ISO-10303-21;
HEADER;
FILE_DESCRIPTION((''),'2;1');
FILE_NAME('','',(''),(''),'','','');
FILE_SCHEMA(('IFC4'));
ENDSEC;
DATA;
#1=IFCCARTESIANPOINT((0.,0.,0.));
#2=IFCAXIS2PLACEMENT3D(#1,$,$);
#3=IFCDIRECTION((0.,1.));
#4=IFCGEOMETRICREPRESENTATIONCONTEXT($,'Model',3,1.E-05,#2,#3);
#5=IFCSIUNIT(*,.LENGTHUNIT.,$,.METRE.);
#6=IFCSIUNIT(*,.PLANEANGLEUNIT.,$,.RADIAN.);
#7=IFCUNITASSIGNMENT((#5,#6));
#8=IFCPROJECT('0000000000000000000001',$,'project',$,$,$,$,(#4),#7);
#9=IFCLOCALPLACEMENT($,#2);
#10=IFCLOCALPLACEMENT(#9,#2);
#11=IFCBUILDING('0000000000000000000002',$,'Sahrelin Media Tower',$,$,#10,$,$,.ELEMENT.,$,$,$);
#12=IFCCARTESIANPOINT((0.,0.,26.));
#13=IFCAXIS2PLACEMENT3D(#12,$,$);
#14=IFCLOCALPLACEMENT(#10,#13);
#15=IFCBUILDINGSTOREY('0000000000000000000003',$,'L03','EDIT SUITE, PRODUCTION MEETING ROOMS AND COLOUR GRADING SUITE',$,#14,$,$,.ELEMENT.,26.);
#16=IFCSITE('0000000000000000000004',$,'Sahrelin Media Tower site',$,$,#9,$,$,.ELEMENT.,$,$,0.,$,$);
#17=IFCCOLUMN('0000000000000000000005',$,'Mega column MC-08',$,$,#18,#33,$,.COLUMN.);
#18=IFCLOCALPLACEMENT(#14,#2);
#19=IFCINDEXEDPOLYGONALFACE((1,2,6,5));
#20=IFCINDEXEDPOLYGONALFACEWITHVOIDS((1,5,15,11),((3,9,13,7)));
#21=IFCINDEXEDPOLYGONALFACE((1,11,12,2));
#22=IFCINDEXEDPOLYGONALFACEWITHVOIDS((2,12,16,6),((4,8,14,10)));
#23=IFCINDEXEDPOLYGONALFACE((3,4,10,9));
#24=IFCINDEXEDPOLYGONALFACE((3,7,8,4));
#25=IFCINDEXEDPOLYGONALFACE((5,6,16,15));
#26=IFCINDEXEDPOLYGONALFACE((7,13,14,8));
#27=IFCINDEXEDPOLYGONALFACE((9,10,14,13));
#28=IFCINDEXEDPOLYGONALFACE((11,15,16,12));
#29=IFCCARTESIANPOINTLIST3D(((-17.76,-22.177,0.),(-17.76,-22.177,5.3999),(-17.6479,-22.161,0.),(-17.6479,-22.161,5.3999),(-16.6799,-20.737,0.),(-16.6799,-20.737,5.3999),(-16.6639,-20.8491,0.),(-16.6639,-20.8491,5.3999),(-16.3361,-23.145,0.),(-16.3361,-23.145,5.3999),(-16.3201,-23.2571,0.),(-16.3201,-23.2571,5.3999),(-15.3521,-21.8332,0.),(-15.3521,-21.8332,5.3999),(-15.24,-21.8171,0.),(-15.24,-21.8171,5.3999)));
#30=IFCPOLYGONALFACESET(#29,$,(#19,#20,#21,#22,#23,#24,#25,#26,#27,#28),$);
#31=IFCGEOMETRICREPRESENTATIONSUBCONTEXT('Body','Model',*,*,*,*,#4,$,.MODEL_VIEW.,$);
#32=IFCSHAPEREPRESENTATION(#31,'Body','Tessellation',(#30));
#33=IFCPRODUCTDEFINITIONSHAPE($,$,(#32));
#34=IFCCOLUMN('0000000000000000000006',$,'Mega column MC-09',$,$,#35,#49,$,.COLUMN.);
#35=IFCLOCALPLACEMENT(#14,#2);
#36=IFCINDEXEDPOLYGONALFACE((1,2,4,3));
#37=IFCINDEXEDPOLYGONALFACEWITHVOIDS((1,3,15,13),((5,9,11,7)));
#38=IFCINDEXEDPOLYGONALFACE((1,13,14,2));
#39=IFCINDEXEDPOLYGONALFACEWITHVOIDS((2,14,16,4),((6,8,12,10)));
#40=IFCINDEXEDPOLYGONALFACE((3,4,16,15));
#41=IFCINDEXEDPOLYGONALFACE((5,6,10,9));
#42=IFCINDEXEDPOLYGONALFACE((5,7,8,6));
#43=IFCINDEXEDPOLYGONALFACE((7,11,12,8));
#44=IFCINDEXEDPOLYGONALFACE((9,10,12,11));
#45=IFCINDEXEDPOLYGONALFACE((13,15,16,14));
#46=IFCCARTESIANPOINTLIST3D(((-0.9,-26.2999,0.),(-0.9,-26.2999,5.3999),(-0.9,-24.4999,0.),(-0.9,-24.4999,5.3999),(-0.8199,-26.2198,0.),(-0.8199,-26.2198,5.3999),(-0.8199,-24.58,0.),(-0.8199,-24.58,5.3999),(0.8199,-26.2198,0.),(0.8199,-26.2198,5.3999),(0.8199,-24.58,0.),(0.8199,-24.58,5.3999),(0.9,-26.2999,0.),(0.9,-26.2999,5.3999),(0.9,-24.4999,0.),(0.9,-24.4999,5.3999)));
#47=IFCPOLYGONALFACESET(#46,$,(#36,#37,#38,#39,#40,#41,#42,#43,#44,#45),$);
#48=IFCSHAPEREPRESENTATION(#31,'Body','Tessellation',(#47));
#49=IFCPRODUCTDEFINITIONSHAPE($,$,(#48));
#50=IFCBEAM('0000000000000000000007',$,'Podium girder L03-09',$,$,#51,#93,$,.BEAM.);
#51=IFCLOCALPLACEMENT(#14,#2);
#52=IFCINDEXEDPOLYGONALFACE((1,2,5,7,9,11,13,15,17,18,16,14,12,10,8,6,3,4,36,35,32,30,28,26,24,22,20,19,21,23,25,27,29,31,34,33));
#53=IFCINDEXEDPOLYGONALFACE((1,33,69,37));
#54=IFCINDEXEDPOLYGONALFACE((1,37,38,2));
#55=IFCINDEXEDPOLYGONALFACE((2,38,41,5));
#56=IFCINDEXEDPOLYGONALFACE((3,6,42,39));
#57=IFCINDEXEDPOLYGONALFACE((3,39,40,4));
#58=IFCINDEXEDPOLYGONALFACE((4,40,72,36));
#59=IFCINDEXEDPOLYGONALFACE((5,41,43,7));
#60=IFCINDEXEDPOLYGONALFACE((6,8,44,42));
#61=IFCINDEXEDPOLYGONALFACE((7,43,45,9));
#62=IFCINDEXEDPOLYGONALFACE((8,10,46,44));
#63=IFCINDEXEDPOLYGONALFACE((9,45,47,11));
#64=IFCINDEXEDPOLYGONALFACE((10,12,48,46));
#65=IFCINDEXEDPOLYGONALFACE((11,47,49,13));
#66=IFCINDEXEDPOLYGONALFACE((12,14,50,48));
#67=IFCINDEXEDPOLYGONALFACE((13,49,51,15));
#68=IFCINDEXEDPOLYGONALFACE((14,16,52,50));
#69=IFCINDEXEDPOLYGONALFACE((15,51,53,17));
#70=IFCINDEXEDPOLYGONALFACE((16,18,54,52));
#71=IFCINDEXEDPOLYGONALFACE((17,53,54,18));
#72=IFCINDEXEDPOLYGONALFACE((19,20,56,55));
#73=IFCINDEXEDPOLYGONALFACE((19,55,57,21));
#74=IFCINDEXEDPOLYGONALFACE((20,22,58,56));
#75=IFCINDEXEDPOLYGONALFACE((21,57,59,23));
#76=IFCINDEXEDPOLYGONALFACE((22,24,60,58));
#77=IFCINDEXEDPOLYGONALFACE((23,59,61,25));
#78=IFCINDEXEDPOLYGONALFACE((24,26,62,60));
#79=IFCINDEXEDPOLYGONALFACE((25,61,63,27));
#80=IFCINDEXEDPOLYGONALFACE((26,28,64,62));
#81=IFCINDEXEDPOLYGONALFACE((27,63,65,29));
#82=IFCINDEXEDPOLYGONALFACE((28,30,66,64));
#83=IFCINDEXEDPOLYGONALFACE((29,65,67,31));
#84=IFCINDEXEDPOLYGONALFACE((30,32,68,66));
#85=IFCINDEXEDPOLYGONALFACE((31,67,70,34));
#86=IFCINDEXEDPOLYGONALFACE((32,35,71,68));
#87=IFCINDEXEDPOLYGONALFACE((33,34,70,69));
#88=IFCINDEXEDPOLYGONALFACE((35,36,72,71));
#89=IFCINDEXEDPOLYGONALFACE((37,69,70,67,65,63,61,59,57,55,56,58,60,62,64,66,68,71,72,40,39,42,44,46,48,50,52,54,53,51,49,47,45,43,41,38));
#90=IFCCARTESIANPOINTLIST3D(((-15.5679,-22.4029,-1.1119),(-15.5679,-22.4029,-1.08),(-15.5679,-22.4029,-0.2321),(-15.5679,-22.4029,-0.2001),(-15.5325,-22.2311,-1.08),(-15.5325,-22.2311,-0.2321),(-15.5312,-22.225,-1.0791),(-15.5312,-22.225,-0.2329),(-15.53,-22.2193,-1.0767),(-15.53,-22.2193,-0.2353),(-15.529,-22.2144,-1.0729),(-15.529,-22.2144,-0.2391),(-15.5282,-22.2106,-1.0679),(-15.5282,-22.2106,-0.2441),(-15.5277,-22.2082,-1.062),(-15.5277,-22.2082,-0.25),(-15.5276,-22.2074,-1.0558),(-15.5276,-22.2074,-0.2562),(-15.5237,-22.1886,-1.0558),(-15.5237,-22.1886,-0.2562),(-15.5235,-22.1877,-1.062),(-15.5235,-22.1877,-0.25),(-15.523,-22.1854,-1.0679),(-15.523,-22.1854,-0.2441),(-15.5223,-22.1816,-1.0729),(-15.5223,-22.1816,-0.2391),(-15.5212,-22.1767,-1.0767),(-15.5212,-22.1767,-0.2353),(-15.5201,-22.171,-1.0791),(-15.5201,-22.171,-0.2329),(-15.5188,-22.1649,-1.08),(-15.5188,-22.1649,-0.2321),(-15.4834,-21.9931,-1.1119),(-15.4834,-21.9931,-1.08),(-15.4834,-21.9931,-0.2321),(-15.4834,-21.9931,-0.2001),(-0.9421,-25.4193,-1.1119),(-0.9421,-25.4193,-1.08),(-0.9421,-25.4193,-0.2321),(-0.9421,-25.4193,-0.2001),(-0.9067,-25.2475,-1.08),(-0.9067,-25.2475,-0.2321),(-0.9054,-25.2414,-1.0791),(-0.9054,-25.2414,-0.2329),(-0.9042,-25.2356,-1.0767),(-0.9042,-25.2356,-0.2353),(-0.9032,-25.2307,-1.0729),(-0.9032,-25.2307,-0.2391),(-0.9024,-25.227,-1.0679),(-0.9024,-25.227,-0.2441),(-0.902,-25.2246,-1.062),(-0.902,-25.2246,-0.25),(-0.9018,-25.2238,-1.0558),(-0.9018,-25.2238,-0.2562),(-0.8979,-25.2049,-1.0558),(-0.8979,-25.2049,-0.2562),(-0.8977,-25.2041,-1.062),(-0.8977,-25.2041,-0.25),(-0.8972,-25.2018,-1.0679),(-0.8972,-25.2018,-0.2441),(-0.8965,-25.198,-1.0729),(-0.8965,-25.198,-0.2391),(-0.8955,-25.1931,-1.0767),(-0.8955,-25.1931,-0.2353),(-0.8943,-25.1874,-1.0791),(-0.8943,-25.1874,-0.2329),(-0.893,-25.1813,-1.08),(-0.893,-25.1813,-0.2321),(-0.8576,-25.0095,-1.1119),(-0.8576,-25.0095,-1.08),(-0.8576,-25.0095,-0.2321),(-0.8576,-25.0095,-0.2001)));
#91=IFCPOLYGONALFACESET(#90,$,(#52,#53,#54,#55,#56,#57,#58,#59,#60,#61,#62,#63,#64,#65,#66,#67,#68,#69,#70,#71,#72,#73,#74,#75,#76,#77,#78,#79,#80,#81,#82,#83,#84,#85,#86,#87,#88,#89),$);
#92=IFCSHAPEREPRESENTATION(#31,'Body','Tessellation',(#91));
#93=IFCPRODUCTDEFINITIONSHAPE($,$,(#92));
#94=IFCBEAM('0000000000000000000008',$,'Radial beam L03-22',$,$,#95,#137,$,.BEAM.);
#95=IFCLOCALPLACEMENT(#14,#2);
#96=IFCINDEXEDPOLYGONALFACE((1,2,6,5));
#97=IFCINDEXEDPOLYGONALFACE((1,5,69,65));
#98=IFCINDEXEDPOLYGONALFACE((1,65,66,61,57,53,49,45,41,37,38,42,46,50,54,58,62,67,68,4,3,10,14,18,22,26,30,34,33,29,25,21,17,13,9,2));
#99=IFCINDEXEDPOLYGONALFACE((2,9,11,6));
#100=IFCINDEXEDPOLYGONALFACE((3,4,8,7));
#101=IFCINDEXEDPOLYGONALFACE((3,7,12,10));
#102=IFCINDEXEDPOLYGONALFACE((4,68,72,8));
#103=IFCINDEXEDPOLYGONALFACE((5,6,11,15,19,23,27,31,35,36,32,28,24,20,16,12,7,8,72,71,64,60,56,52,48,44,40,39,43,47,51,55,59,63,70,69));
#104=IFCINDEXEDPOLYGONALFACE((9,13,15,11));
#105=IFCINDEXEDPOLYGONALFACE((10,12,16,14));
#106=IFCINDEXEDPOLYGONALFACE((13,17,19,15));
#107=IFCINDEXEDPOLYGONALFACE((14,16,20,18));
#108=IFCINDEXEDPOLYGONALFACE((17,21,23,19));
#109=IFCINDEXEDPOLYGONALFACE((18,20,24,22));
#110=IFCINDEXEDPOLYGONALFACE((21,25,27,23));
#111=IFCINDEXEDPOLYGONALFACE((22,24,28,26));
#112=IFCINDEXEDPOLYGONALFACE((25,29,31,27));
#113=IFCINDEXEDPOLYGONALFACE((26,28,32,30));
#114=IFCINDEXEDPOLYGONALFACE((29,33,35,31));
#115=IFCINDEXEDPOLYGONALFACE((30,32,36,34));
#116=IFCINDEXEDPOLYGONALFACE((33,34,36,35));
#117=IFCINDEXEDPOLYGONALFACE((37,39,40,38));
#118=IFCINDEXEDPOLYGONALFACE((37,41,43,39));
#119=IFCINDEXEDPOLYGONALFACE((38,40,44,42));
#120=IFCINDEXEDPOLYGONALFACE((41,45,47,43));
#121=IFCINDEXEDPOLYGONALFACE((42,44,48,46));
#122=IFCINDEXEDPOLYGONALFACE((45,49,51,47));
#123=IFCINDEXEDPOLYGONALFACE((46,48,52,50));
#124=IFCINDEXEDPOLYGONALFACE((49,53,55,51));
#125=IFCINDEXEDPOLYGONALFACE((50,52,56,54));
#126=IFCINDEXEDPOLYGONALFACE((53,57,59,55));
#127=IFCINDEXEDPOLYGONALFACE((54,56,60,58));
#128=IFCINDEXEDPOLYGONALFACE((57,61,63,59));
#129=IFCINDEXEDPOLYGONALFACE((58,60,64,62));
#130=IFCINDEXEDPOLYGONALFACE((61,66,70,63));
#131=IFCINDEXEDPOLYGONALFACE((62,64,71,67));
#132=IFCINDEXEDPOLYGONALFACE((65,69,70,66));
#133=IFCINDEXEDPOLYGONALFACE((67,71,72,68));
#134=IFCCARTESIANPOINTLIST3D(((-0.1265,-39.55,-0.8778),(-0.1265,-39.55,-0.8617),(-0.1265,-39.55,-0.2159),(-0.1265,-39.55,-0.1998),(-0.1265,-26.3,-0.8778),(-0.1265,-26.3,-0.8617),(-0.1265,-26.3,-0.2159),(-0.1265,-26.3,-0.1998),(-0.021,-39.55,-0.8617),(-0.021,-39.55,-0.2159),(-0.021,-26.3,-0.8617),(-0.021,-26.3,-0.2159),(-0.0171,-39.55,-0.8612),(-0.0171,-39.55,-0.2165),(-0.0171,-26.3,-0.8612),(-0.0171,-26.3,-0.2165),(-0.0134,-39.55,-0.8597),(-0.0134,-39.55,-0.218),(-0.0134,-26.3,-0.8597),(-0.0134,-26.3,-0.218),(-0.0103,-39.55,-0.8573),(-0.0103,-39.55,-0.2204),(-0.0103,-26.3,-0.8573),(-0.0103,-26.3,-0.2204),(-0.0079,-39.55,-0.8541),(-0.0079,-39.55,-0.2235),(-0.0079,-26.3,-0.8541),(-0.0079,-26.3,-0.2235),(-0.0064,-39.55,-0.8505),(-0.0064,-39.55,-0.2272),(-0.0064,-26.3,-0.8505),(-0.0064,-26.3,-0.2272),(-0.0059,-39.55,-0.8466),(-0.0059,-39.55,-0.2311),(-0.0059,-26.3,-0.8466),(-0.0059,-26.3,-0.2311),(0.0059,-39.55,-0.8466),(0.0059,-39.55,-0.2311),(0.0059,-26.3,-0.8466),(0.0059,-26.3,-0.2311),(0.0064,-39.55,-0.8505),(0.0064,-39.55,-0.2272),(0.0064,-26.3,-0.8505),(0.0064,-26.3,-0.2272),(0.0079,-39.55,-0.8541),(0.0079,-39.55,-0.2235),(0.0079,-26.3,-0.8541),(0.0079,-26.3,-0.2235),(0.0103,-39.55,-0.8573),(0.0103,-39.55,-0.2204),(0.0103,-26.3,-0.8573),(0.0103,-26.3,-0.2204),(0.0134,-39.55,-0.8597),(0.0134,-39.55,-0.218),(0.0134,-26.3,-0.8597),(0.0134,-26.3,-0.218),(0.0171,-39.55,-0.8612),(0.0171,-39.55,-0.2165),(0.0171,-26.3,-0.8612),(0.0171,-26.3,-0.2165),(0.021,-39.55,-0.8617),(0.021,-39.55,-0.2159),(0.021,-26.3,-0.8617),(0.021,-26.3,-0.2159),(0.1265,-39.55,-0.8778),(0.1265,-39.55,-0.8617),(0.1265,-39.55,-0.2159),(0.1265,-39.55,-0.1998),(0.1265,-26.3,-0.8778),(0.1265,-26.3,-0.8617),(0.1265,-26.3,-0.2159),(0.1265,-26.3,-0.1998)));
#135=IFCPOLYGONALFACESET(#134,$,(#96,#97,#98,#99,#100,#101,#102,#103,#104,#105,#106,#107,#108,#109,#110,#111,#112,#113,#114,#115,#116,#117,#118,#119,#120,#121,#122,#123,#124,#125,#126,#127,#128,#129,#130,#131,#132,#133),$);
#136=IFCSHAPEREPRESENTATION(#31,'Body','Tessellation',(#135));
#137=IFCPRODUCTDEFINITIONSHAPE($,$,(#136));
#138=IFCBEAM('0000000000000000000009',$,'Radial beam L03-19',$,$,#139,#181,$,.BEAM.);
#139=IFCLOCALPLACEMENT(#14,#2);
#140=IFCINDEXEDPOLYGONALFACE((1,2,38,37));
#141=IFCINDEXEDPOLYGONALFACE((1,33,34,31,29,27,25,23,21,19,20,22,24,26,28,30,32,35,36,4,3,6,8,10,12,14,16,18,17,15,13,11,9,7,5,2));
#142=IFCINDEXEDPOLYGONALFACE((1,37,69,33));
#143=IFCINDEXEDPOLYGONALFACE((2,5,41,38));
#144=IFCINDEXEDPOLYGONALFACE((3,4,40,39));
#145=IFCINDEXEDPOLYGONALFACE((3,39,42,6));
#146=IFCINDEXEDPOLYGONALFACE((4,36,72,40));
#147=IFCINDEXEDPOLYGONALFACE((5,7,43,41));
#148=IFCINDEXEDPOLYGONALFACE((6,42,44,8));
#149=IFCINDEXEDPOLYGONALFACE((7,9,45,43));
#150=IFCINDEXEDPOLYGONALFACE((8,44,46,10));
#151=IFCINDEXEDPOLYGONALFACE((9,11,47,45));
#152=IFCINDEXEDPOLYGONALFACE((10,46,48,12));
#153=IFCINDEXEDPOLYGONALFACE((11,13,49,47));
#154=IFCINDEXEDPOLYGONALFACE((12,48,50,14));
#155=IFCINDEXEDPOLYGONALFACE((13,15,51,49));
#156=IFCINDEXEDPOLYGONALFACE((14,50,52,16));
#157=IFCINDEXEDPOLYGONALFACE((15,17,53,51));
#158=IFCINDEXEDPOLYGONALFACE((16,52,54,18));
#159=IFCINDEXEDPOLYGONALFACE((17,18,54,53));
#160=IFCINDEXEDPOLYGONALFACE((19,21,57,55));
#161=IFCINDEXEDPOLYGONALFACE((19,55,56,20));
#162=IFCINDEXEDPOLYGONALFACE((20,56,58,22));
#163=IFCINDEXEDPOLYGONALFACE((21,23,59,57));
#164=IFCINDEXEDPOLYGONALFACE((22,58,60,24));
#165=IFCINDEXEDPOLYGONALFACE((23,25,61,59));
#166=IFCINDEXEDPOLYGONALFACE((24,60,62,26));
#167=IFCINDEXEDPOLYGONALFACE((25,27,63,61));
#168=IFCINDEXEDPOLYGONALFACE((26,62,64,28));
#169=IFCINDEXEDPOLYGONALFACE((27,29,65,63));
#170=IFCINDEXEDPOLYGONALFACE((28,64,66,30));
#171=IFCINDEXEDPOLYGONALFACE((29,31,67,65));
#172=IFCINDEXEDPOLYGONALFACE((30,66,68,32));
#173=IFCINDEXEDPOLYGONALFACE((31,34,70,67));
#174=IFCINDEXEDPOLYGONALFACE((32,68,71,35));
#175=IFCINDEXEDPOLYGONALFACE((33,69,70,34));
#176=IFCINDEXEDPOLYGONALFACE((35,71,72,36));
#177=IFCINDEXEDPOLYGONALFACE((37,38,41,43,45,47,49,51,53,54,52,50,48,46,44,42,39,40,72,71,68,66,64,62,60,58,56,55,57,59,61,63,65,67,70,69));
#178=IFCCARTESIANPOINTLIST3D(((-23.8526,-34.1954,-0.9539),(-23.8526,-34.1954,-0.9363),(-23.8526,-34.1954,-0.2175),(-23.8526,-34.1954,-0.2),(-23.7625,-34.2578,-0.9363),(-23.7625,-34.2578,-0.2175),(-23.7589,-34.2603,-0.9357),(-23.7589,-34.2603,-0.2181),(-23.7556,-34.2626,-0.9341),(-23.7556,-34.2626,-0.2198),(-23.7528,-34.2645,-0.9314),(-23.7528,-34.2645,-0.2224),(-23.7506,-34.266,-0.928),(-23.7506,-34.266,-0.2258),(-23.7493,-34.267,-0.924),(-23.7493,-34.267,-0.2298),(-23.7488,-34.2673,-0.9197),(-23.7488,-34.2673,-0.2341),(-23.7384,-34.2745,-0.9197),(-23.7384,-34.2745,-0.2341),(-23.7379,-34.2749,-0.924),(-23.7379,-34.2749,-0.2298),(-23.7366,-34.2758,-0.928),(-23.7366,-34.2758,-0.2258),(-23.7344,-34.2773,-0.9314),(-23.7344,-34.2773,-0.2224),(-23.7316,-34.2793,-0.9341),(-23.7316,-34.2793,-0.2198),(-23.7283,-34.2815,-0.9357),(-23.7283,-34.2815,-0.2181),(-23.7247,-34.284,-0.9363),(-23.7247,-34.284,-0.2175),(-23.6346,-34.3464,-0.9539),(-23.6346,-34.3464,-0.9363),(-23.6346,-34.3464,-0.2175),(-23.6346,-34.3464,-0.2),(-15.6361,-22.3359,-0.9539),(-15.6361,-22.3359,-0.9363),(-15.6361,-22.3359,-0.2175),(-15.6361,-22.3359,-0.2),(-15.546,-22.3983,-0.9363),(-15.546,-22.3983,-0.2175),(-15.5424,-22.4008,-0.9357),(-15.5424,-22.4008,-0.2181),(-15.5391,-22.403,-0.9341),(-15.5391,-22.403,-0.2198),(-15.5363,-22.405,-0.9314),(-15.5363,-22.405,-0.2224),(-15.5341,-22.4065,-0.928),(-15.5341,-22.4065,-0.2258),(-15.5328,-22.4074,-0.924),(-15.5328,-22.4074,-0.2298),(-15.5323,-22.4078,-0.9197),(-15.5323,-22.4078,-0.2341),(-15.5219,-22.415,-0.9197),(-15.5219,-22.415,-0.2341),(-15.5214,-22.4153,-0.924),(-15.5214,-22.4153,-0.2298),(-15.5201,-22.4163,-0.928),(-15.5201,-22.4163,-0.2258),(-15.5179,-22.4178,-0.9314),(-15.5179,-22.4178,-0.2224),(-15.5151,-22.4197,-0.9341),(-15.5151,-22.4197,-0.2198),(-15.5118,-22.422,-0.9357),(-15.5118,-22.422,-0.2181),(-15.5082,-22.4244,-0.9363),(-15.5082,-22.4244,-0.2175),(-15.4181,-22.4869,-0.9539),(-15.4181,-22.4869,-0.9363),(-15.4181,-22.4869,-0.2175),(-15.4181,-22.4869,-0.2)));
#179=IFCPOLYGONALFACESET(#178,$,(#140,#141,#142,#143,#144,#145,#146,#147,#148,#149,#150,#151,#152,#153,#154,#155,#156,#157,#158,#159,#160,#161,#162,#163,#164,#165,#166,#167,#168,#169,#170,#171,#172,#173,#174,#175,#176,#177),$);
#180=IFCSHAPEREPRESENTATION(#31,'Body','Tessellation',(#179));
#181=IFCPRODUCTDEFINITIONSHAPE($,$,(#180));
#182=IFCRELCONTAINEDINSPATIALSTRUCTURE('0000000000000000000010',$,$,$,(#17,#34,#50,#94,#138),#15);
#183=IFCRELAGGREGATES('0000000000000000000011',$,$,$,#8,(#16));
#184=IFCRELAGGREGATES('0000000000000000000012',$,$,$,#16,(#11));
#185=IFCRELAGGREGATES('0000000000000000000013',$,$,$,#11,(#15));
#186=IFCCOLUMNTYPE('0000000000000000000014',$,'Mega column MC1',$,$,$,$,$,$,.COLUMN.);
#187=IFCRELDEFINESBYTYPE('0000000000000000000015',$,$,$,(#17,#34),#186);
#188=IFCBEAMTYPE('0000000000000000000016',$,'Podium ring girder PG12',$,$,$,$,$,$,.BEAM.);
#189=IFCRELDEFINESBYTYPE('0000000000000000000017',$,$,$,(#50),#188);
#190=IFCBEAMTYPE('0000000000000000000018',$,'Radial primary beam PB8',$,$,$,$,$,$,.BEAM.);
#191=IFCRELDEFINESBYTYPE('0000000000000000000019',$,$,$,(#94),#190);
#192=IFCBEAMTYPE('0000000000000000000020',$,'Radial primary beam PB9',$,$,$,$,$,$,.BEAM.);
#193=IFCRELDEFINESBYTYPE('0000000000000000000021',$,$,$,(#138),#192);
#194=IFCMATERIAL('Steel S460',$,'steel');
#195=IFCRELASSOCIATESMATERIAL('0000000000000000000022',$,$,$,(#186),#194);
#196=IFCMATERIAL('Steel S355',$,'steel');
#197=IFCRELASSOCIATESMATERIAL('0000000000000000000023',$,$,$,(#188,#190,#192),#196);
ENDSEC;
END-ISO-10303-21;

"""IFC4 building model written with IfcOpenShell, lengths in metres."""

from ifc_helpers import new_model, si_unit, direction, frame, origin, origin_2d, place, context, subcontext, project, spatial, hollow_rectangle, i_section, extrude, material, material_profile, profile_set, type_object, element, save


model = new_model("IFC4")

# Units and contexts
model_context = context("Model", 3, precision=1e-05, world=origin(), true_north=direction((0.0, 1.0)))
body_context = subcontext(model_context, "Body", "Model", "MODEL_VIEW")
ifc_project = project(units=[si_unit("LENGTHUNIT", "METRE"), si_unit("PLANEANGLEUNIT", "RADIAN")], contexts=[model_context])

# Site, building, storey
site_placement = place(None, origin())
site = spatial("IfcSite", under=ifc_project, at=site_placement, Name="Sahrelin Media Tower site", CompositionType="ELEMENT", RefElevation=0.0)
building_placement = place(site_placement, origin())
building = spatial("IfcBuilding", under=site, at=building_placement, Name="Sahrelin Media Tower", CompositionType="ELEMENT")
storey_placement = place(building_placement, frame((0.0, 0.0, 26.0)))
storey = spatial("IfcBuildingStorey", under=building, at=storey_placement, Name="L03", Description="EDIT SUITE, PRODUCTION MEETING ROOMS AND COLOUR GRADING SUITE", CompositionType="ELEMENT", Elevation=26.0)

# Columns
ifc_material_1 = material(Name="Steel S460", Category="steel")
ifc_material_profile_1 = material_profile(ifc_material_1, hollow_rectangle(XDim=1.8, YDim=1.8, WallThickness=0.0801, at=origin_2d()), Name="Mega column MC1")
ifc_profile_set_1 = profile_set([ifc_material_profile_1], Name="Steel S460")
column_type = type_object("IfcColumnType", Name="Mega column MC1", PredefinedType="COLUMN", material=ifc_profile_set_1)
for number, where, z_axis, x_axis, name in (
    (1, (-16.5, -21.9971, 0.0), (0.0, 0.0, 1.0), (-0.600052, -0.799961, 0.0), "Mega column MC-08"),
    (2, (0.0, -25.3999, 0.0), (0.0, 0.0, 1.0), (0.0, -1.0, 0.0), "Mega column MC-09"),
):
    element("IfcColumn", number, at=place(storey_placement, frame(where, z_axis=z_axis, x_axis=x_axis)), inside=storey, type_object=column_type, Name=name, PredefinedType="COLUMN", context=body_context, shape_type="SweptSolid", body=[
        extrude(hollow_rectangle(XDim=1.8, YDim=1.8, WallThickness=0.0801, at=origin_2d()), origin(), (0.0, 0.0, 1.0), 5.3999),
    ])

# Beams
ifc_material_2 = material(Name="Steel S355", Category="steel")
ifc_material_profile_2 = material_profile(ifc_material_2, i_section(OverallWidth=0.4185, OverallDepth=0.9119, WebThickness=0.0193, FlangeThickness=0.032, FilletRadius=0.0242, at=origin_2d()), Name="UB 914x419x343")
ifc_profile_set_2 = profile_set([ifc_material_profile_2], Name="Steel S355")
beam_type_1 = type_object("IfcBeamType", Name="Podium ring girder PG12", PredefinedType="BEAM", material=ifc_profile_set_2)
beam_1_placement = place(storey_placement, frame((-15.5256, -22.198, -0.656), z_axis=(0.979389, -0.201985, 0.0), x_axis=(0.201985, 0.979389, 0.0)))
element("IfcBeam", 3, at=beam_1_placement, inside=storey, type_object=beam_type_1, Name="Podium girder L03-09", PredefinedType="BEAM", context=body_context, shape_type="SweptSolid", body=[
    extrude(i_section(OverallWidth=0.4185, OverallDepth=0.9119, WebThickness=0.0193, FlangeThickness=0.032, FilletRadius=0.0242, at=origin_2d()), origin(), (0.0, 0.0, 1.0), 14.9336),
])
ifc_material_profile_3 = material_profile(ifc_material_2, i_section(OverallWidth=0.2529, OverallDepth=0.678, WebThickness=0.0117, FlangeThickness=0.0161, FilletRadius=0.0151, at=origin_2d()), Name="UB 686x254x125")
ifc_profile_set_3 = profile_set([ifc_material_profile_3], Name="Steel S355")
beam_type_2 = type_object("IfcBeamType", Name="Radial primary beam PB8", PredefinedType="BEAM", material=ifc_profile_set_3)
beam_2_placement = place(storey_placement, frame((0.0, -26.3, -0.5388), z_axis=(0.0, -1.0, 0.0), x_axis=(1.0, 0.0, 0.0)))
element("IfcBeam", 4, at=beam_2_placement, inside=storey, type_object=beam_type_2, Name="Radial beam L03-22", PredefinedType="BEAM", context=body_context, shape_type="SweptSolid", body=[
    extrude(i_section(OverallWidth=0.2529, OverallDepth=0.678, WebThickness=0.0117, FlangeThickness=0.0161, FilletRadius=0.0151, at=origin_2d()), origin(), (0.0, 0.0, 1.0), 13.25),
])
ifc_material_profile_4 = material_profile(ifc_material_2, i_section(OverallWidth=0.2651, OverallDepth=0.7539, WebThickness=0.0127, FlangeThickness=0.0176, FilletRadius=0.0166, at=origin_2d()), Name="UB 762x267x147")
ifc_profile_set_4 = profile_set([ifc_material_profile_4], Name="Steel S355")
beam_type_3 = type_object("IfcBeamType", Name="Radial primary beam PB9", PredefinedType="BEAM", material=ifc_profile_set_4)
beam_3_placement = place(storey_placement, frame((-15.5271, -22.4114, -0.5769), z_axis=(-0.569493, -0.821996, 0.0), x_axis=(0.821996, -0.569493, 0.0)))
element("IfcBeam", 5, at=beam_3_placement, inside=storey, type_object=beam_type_3, Name="Radial beam L03-19", PredefinedType="BEAM", context=body_context, shape_type="SweptSolid", body=[
    extrude(i_section(OverallWidth=0.2651, OverallDepth=0.7539, WebThickness=0.0127, FlangeThickness=0.0176, FilletRadius=0.0166, at=origin_2d()), origin(), (0.0, 0.0, 1.0), 14.4277),
])

save(model, "model.ifc")
